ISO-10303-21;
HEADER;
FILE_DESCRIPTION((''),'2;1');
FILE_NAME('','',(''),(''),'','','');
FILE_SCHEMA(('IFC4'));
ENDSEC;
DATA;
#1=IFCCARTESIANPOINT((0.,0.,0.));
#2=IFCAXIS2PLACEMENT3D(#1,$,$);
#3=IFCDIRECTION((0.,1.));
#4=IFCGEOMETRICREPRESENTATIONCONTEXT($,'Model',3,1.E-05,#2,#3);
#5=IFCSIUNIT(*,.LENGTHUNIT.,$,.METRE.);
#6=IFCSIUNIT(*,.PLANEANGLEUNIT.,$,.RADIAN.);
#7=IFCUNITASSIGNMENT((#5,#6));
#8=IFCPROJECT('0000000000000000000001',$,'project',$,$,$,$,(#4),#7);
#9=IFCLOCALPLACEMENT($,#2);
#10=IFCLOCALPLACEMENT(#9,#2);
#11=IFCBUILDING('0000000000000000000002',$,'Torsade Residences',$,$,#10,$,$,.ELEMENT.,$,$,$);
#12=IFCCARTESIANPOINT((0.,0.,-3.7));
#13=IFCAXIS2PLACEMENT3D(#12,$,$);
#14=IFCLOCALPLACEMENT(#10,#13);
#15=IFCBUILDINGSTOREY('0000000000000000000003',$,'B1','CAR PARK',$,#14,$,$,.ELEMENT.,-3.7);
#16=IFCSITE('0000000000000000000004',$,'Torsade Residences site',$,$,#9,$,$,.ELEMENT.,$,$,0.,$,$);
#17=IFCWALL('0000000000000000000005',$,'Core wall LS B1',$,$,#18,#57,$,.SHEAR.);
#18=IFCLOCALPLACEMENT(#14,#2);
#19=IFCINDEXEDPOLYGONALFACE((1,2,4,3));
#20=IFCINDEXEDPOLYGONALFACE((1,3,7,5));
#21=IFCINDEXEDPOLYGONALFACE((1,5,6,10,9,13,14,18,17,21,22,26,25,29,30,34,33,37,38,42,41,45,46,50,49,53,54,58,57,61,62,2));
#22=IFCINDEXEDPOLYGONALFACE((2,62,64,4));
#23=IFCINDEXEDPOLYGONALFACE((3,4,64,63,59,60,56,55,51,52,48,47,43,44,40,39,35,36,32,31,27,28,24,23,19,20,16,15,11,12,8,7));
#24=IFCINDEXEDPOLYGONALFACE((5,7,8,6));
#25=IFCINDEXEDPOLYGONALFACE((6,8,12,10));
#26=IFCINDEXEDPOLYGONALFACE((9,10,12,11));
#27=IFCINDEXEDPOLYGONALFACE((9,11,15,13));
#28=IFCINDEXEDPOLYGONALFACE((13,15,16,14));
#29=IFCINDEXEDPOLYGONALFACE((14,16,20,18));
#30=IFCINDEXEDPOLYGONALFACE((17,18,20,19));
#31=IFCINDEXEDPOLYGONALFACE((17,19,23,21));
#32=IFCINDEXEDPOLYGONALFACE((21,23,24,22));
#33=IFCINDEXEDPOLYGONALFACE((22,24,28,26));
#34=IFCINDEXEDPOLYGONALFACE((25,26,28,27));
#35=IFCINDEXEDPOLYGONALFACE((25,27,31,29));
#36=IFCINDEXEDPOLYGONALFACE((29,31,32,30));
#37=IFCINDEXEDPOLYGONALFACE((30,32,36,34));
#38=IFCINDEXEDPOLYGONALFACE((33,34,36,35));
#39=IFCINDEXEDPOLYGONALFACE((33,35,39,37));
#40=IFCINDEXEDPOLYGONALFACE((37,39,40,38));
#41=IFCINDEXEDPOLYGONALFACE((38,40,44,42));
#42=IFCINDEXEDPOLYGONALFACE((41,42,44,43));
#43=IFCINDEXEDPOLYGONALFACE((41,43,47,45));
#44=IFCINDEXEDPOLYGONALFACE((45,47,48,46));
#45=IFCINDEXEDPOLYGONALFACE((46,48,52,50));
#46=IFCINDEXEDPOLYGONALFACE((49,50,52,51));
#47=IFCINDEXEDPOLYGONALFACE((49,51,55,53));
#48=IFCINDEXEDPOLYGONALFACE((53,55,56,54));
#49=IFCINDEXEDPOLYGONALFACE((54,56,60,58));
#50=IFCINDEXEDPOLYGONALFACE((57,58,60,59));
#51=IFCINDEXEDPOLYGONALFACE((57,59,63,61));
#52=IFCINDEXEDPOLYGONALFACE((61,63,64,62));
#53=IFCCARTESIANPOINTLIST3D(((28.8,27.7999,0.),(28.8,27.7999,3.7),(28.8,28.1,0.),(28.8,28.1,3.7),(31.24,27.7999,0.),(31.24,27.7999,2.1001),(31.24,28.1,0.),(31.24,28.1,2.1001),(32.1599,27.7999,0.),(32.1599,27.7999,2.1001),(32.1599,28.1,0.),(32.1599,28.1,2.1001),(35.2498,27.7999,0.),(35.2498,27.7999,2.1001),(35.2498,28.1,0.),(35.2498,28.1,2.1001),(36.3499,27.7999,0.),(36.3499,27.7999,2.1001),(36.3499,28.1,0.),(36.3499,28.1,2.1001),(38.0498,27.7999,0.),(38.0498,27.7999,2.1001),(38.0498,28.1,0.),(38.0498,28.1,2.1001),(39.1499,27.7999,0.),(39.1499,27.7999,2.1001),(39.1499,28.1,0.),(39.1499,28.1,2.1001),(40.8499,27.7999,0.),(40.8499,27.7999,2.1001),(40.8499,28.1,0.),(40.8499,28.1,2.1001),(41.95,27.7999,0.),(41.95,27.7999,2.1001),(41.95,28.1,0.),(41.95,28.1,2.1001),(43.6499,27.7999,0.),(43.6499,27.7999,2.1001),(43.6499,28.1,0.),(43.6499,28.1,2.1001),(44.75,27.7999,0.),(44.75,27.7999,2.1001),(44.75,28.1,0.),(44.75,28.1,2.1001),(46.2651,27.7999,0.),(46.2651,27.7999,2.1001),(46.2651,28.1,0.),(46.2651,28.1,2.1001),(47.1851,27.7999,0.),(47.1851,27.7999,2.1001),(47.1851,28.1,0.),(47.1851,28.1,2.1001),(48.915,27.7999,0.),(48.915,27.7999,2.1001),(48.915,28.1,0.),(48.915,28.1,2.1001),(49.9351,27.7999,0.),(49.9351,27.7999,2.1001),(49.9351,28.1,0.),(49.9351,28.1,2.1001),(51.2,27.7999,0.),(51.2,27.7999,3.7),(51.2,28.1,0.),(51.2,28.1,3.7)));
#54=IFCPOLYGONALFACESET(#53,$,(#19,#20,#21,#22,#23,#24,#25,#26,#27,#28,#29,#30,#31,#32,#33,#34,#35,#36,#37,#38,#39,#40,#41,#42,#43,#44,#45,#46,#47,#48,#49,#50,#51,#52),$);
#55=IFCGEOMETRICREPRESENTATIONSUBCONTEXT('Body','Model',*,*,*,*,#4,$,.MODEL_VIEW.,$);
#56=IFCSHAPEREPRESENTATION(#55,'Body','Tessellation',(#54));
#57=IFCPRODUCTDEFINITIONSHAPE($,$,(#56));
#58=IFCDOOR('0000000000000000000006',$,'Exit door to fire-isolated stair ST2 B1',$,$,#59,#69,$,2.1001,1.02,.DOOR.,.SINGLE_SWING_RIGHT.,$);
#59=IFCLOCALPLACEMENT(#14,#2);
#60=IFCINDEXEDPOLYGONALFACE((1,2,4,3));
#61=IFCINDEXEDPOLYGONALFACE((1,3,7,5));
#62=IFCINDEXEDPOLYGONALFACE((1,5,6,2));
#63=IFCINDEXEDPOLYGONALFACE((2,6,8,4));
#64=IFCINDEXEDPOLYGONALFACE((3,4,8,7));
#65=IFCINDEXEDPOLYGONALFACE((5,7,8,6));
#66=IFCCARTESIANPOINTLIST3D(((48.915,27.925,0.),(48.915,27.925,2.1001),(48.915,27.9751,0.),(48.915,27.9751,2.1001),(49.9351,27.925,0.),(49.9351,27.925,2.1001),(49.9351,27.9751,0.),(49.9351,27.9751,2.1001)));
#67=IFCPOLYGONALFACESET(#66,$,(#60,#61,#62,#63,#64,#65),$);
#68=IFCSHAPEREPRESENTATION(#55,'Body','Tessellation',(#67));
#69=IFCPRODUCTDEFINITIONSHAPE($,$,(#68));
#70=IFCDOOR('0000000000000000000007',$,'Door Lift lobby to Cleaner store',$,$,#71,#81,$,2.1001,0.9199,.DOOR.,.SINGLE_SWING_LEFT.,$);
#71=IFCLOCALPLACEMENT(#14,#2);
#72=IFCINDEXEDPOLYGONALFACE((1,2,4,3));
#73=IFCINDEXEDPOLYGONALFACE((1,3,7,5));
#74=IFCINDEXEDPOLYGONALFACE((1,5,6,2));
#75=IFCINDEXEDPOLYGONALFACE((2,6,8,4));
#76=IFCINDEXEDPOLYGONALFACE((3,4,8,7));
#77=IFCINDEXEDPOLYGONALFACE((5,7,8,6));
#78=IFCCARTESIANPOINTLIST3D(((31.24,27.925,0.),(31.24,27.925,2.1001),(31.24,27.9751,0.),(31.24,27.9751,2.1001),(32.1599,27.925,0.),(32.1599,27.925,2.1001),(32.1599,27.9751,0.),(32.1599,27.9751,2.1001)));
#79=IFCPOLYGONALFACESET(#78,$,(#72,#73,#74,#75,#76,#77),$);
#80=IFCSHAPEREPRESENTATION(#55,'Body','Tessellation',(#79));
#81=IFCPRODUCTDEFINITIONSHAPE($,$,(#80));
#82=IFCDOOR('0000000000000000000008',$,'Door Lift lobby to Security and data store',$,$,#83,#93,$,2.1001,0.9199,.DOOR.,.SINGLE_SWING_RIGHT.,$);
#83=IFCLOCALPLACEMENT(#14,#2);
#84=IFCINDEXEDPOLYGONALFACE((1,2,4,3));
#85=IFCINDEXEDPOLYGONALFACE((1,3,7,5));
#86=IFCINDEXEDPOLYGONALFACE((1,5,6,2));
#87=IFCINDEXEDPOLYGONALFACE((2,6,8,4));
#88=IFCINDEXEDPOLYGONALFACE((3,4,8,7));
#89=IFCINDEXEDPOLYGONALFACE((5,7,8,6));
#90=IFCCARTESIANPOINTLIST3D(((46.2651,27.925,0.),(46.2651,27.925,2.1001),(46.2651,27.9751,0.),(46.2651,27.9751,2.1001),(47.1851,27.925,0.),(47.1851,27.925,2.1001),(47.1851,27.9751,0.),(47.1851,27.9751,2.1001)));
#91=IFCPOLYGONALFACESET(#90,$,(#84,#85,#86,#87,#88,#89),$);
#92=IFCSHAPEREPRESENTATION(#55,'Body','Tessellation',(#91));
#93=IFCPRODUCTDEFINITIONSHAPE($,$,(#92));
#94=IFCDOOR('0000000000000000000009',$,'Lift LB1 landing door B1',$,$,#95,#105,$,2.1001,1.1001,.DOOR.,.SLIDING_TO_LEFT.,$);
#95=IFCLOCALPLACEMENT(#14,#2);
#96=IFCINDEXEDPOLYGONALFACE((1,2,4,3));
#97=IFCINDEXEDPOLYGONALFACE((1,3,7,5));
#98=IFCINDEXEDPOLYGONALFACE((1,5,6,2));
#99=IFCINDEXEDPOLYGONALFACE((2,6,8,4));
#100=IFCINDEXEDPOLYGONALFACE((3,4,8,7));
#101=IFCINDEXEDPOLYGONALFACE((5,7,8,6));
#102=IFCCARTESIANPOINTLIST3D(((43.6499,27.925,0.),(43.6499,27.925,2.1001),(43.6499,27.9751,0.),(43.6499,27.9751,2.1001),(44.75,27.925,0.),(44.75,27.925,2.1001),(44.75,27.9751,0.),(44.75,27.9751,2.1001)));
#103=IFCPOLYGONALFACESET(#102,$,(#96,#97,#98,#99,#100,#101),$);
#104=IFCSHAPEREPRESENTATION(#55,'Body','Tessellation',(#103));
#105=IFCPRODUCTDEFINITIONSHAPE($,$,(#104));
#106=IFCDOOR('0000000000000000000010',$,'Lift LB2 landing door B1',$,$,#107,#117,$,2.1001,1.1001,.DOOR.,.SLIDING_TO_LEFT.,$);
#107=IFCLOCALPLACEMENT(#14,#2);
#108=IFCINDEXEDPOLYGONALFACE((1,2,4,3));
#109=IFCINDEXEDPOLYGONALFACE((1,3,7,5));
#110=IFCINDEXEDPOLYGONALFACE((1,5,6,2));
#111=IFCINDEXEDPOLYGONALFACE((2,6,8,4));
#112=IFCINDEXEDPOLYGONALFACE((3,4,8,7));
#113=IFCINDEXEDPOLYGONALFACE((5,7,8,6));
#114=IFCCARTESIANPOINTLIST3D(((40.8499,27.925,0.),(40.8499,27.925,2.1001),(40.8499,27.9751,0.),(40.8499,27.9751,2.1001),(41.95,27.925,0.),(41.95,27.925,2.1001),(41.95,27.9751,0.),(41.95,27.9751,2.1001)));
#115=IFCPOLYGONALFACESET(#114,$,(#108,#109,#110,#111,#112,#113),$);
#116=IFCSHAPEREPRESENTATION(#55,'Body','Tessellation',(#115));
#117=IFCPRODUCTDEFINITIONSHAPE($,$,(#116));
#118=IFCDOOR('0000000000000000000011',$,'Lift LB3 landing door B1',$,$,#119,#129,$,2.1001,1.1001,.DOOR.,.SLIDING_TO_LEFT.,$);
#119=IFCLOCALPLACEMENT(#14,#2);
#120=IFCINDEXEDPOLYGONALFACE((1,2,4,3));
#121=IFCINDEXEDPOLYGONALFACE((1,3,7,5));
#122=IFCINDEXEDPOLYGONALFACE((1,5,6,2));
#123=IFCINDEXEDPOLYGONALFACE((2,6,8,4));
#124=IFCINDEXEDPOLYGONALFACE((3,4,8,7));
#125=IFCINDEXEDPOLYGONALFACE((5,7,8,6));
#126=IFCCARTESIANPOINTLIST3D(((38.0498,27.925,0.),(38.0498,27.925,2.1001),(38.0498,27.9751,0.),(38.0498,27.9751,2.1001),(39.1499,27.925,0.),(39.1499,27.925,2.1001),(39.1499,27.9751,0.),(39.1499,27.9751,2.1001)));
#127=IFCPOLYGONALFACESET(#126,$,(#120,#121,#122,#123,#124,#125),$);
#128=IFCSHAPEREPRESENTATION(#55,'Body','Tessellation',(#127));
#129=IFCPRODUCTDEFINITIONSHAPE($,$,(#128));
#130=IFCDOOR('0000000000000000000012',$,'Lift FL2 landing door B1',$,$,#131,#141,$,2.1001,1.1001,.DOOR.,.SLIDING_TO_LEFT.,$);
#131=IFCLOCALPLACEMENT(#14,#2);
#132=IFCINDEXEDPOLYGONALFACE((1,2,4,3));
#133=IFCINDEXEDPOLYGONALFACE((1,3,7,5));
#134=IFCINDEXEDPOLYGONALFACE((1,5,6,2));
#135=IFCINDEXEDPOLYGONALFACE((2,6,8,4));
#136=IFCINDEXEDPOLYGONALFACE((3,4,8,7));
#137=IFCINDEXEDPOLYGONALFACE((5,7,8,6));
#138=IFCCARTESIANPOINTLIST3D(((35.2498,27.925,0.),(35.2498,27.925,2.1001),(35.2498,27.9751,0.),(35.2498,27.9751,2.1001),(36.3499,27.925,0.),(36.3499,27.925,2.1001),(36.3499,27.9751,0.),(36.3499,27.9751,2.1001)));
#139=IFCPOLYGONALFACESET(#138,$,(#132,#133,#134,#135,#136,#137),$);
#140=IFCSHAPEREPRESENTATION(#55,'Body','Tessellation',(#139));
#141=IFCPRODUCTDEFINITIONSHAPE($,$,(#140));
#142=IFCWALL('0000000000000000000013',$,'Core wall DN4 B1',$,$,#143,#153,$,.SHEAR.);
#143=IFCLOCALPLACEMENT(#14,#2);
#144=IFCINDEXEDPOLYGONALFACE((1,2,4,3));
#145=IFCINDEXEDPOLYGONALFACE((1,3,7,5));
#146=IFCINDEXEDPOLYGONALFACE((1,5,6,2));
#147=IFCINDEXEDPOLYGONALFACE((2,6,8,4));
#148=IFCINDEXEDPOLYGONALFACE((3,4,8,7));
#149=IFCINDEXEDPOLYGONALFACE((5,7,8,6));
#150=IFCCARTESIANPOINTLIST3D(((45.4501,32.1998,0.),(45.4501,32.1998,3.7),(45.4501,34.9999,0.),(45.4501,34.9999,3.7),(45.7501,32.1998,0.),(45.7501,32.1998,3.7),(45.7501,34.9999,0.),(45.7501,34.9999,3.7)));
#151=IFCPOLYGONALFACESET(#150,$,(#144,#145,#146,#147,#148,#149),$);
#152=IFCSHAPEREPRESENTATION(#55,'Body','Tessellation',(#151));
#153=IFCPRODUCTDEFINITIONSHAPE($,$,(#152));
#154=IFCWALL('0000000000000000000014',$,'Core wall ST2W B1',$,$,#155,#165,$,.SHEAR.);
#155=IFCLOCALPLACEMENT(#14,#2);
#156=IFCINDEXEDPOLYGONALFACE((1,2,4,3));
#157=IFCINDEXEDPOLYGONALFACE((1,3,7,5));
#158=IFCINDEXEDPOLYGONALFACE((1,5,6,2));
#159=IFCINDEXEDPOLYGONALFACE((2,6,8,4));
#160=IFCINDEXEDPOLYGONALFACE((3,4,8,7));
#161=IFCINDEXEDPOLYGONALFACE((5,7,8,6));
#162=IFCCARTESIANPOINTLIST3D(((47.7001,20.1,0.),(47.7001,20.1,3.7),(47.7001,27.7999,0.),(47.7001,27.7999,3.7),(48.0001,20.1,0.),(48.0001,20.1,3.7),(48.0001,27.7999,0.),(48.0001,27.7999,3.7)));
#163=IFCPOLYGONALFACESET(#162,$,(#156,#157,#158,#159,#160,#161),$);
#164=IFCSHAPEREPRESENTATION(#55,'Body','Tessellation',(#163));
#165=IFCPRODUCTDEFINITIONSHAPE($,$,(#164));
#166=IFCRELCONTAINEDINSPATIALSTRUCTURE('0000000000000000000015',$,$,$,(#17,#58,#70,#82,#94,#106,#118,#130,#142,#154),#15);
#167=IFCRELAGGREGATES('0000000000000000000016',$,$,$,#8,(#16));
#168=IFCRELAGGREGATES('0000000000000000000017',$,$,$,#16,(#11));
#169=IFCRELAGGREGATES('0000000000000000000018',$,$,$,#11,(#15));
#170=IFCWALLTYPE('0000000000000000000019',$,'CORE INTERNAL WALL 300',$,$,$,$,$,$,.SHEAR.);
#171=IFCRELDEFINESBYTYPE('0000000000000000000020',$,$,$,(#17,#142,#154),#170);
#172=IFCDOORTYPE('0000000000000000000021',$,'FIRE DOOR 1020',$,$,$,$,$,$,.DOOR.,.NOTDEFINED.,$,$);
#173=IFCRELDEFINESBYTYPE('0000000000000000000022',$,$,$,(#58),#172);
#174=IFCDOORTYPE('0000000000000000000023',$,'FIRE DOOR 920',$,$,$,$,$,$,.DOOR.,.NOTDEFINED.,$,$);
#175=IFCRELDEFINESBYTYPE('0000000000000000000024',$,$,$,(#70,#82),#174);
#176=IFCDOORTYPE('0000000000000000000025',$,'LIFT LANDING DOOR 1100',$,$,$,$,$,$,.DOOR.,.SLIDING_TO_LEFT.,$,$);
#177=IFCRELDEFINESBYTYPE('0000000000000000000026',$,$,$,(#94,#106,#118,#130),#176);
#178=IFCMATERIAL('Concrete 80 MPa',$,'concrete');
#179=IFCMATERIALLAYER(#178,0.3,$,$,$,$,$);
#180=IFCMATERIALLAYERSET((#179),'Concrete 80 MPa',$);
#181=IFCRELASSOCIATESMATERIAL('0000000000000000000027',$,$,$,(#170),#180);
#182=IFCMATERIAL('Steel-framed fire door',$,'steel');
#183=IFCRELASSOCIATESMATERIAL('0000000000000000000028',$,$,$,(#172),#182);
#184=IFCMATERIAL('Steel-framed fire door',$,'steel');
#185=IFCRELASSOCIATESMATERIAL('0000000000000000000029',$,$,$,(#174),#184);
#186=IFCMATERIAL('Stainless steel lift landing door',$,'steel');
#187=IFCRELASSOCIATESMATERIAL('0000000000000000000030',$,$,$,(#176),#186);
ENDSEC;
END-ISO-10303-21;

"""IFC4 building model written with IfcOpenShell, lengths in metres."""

from ifc_helpers import new_model, si_unit, direction, frame, frame_2d, origin, place, context, subcontext, project, spatial, rectangle, extrude, material, layer, layer_set, type_object, element, fill, save


model = new_model("IFC4")

# Units and contexts
model_context = context("Model", 3, precision=1e-05, world=origin(), true_north=direction((0.0, 1.0)))
body_context = subcontext(model_context, "Body", "Model", "MODEL_VIEW")
ifc_project = project(units=[si_unit("LENGTHUNIT", "METRE"), si_unit("PLANEANGLEUNIT", "RADIAN")], contexts=[model_context])

# Site, building, storey
site_placement = place(None, origin())
site = spatial("IfcSite", under=ifc_project, at=site_placement, Name="Torsade Residences site", CompositionType="ELEMENT", RefElevation=0.0)
building_placement = place(site_placement, origin())
building = spatial("IfcBuilding", under=site, at=building_placement, Name="Torsade Residences", CompositionType="ELEMENT")
storey_placement = place(building_placement, frame((0.0, 0.0, -3.7)))
storey = spatial("IfcBuildingStorey", under=building, at=storey_placement, Name="B1", Description="CAR PARK", CompositionType="ELEMENT", Elevation=-3.7)

# Wall, openings, doors
ifc_material_1 = material(Name="Concrete 80 MPa", Category="concrete")
ifc_layer_1 = layer(ifc_material_1, 0.3)
ifc_layer_set_1 = layer_set([ifc_layer_1], Name="Concrete 80 MPa")
wall_type_1 = type_object("IfcWallType", Name="CORE INTERNAL WALL 300", PredefinedType="SHEAR", material=ifc_layer_set_1)
wall_1_placement = place(storey_placement, frame((51.2, 27.95, 0.0), z_axis=(0.0, 0.0, 1.0), x_axis=(-1.0, 0.0, 0.0)))
wall_1 = element("IfcWall", 1, at=wall_1_placement, inside=storey, type_object=wall_type_1, Name="Core wall LS B1", PredefinedType="SHEAR", context=body_context, shape_type="SweptSolid", body=[
    extrude(rectangle(XDim=22.3999, YDim=0.3, at=frame_2d((11.2, 0.0))), origin(), (0.0, 0.0, 1.0), 3.7),
])
opening_1_placement = place(wall_1_placement, frame((19.04, 0.0, 0.0)))
opening_1 = element("IfcOpeningElement", 2, at=opening_1_placement, cuts=wall_1, PredefinedType="OPENING", context=body_context, shape_type="SweptSolid", body=[
    extrude(rectangle(XDim=0.9199, YDim=2.1001, at=frame_2d((0.46, 1.05))), frame((0.0, 0.1599, 0.0), z_axis=(0.0, -1.0, 0.0), x_axis=(1.0, 0.0, 0.0)), (0.0, 0.0, 1.0), 0.3201),
])
opening_2_placement = place(wall_1_placement, frame((1.2649, 0.0, 0.0)))
opening_2 = element("IfcOpeningElement", 3, at=opening_2_placement, cuts=wall_1, PredefinedType="OPENING", context=body_context, shape_type="SweptSolid", body=[
    extrude(rectangle(XDim=1.02, YDim=2.1001, at=frame_2d((0.51, 1.05))), frame((0.0, 0.1599, 0.0), z_axis=(0.0, -1.0, 0.0), x_axis=(1.0, 0.0, 0.0)), (0.0, 0.0, 1.0), 0.3201),
])
opening_3_placement = place(wall_1_placement, frame((4.0149, 0.0, 0.0)))
opening_3 = element("IfcOpeningElement", 4, at=opening_3_placement, cuts=wall_1, PredefinedType="OPENING", context=body_context, shape_type="SweptSolid", body=[
    extrude(rectangle(XDim=0.9199, YDim=2.1001, at=frame_2d((0.46, 1.05))), frame((0.0, 0.1599, 0.0), z_axis=(0.0, -1.0, 0.0), x_axis=(1.0, 0.0, 0.0)), (0.0, 0.0, 1.0), 0.3201),
])
opening_4_placement = place(wall_1_placement, frame((6.45, 0.0, 0.0)))
opening_4 = element("IfcOpeningElement", 5, at=opening_4_placement, cuts=wall_1, PredefinedType="OPENING", context=body_context, shape_type="SweptSolid", body=[
    extrude(rectangle(XDim=1.1001, YDim=2.1001, at=frame_2d((0.55, 1.05))), frame((0.0, 0.1599, 0.0), z_axis=(0.0, -1.0, 0.0), x_axis=(1.0, 0.0, 0.0)), (0.0, 0.0, 1.0), 0.3201),
])
opening_5_placement = place(wall_1_placement, frame((9.25, 0.0, 0.0)))
opening_5 = element("IfcOpeningElement", 6, at=opening_5_placement, cuts=wall_1, PredefinedType="OPENING", context=body_context, shape_type="SweptSolid", body=[
    extrude(rectangle(XDim=1.1001, YDim=2.1001, at=frame_2d((0.55, 1.05))), frame((0.0, 0.1599, 0.0), z_axis=(0.0, -1.0, 0.0), x_axis=(1.0, 0.0, 0.0)), (0.0, 0.0, 1.0), 0.3201),
])
opening_6_placement = place(wall_1_placement, frame((12.05, 0.0, 0.0)))
opening_6 = element("IfcOpeningElement", 7, at=opening_6_placement, cuts=wall_1, PredefinedType="OPENING", context=body_context, shape_type="SweptSolid", body=[
    extrude(rectangle(XDim=1.1001, YDim=2.1001, at=frame_2d((0.55, 1.05))), frame((0.0, 0.1599, 0.0), z_axis=(0.0, -1.0, 0.0), x_axis=(1.0, 0.0, 0.0)), (0.0, 0.0, 1.0), 0.3201),
])
opening_7_placement = place(wall_1_placement, frame((14.8501, 0.0, 0.0)))
opening_7 = element("IfcOpeningElement", 8, at=opening_7_placement, cuts=wall_1, PredefinedType="OPENING", context=body_context, shape_type="SweptSolid", body=[
    extrude(rectangle(XDim=1.1001, YDim=2.1001, at=frame_2d((0.55, 1.05))), frame((0.0, 0.1599, 0.0), z_axis=(0.0, -1.0, 0.0), x_axis=(1.0, 0.0, 0.0)), (0.0, 0.0, 1.0), 0.3201),
])
ifc_material_2 = material(Name="Steel-framed fire door", Category="steel")
door_type_1 = type_object("IfcDoorType", Name="FIRE DOOR 1020", OperationType="NOTDEFINED", PredefinedType="DOOR", material=ifc_material_2)
door_1_placement = place(opening_2_placement, origin())
door_1 = element("IfcDoor", 9, at=door_1_placement, inside=storey, type_object=door_type_1, Name="Exit door to fire-isolated stair ST2 B1", OperationType="SINGLE_SWING_RIGHT", OverallHeight=2.1001, OverallWidth=1.02, PredefinedType="DOOR", context=body_context, shape_type="SweptSolid", body=[
    extrude(rectangle(XDim=1.02, YDim=2.1001, at=frame_2d((0.51, 1.05))), frame((0.0, 0.0249, 0.0), z_axis=(0.0, -1.0, 0.0), x_axis=(1.0, 0.0, 0.0)), (0.0, 0.0, 1.0), 0.05),
])
fill(opening_2, door_1)
ifc_material_3 = material(Name="Steel-framed fire door", Category="steel")
door_type_2 = type_object("IfcDoorType", Name="FIRE DOOR 920", OperationType="NOTDEFINED", PredefinedType="DOOR", material=ifc_material_3)
door_2_placement = place(opening_1_placement, origin())
door_2 = element("IfcDoor", 10, at=door_2_placement, inside=storey, type_object=door_type_2, Name="Door Lift lobby to Cleaner store", OperationType="SINGLE_SWING_LEFT", OverallHeight=2.1001, OverallWidth=0.9199, PredefinedType="DOOR", context=body_context, shape_type="SweptSolid", body=[
    extrude(rectangle(XDim=0.9199, YDim=2.1001, at=frame_2d((0.46, 1.05))), frame((0.0, 0.0249, 0.0), z_axis=(0.0, -1.0, 0.0), x_axis=(1.0, 0.0, 0.0)), (0.0, 0.0, 1.0), 0.05),
])
fill(opening_1, door_2)
door_3_placement = place(opening_3_placement, origin())
door_3 = element("IfcDoor", 11, at=door_3_placement, inside=storey, type_object=door_type_2, Name="Door Lift lobby to Security and data store", OperationType="SINGLE_SWING_RIGHT", OverallHeight=2.1001, OverallWidth=0.9199, PredefinedType="DOOR", context=body_context, shape_type="SweptSolid", body=[
    extrude(rectangle(XDim=0.9199, YDim=2.1001, at=frame_2d((0.46, 1.05))), frame((0.0, 0.0249, 0.0), z_axis=(0.0, -1.0, 0.0), x_axis=(1.0, 0.0, 0.0)), (0.0, 0.0, 1.0), 0.05),
])
fill(opening_3, door_3)
ifc_material_4 = material(Name="Stainless steel lift landing door", Category="steel")
door_type_3 = type_object("IfcDoorType", Name="LIFT LANDING DOOR 1100", OperationType="SLIDING_TO_LEFT", PredefinedType="DOOR", material=ifc_material_4)
door_4_placement = place(opening_4_placement, origin())
door_4 = element("IfcDoor", 12, at=door_4_placement, inside=storey, type_object=door_type_3, Name="Lift LB1 landing door B1", OperationType="SLIDING_TO_LEFT", OverallHeight=2.1001, OverallWidth=1.1001, PredefinedType="DOOR", context=body_context, shape_type="SweptSolid", body=[
    extrude(rectangle(XDim=1.1001, YDim=2.1001, at=frame_2d((0.55, 1.05))), frame((0.0, 0.0249, 0.0), z_axis=(0.0, -1.0, 0.0), x_axis=(1.0, 0.0, 0.0)), (0.0, 0.0, 1.0), 0.05),
])
fill(opening_4, door_4)
door_5_placement = place(opening_5_placement, origin())
door_5 = element("IfcDoor", 13, at=door_5_placement, inside=storey, type_object=door_type_3, Name="Lift LB2 landing door B1", OperationType="SLIDING_TO_LEFT", OverallHeight=2.1001, OverallWidth=1.1001, PredefinedType="DOOR", context=body_context, shape_type="SweptSolid", body=[
    extrude(rectangle(XDim=1.1001, YDim=2.1001, at=frame_2d((0.55, 1.05))), frame((0.0, 0.0249, 0.0), z_axis=(0.0, -1.0, 0.0), x_axis=(1.0, 0.0, 0.0)), (0.0, 0.0, 1.0), 0.05),
])
fill(opening_5, door_5)
door_6_placement = place(opening_6_placement, origin())
door_6 = element("IfcDoor", 14, at=door_6_placement, inside=storey, type_object=door_type_3, Name="Lift LB3 landing door B1", OperationType="SLIDING_TO_LEFT", OverallHeight=2.1001, OverallWidth=1.1001, PredefinedType="DOOR", context=body_context, shape_type="SweptSolid", body=[
    extrude(rectangle(XDim=1.1001, YDim=2.1001, at=frame_2d((0.55, 1.05))), frame((0.0, 0.0249, 0.0), z_axis=(0.0, -1.0, 0.0), x_axis=(1.0, 0.0, 0.0)), (0.0, 0.0, 1.0), 0.05),
])
fill(opening_6, door_6)
door_7_placement = place(opening_7_placement, origin())
door_7 = element("IfcDoor", 15, at=door_7_placement, inside=storey, type_object=door_type_3, Name="Lift FL2 landing door B1", OperationType="SLIDING_TO_LEFT", OverallHeight=2.1001, OverallWidth=1.1001, PredefinedType="DOOR", context=body_context, shape_type="SweptSolid", body=[
    extrude(rectangle(XDim=1.1001, YDim=2.1001, at=frame_2d((0.55, 1.05))), frame((0.0, 0.0249, 0.0), z_axis=(0.0, -1.0, 0.0), x_axis=(1.0, 0.0, 0.0)), (0.0, 0.0, 1.0), 0.05),
])
fill(opening_7, door_7)

# Walls
wall_2_placement = place(storey_placement, frame((45.6001, 32.2, 0.0), z_axis=(0.0, 0.0, 1.0), x_axis=(0.0, 1.0, 0.0)))
element("IfcWall", 16, at=wall_2_placement, inside=storey, type_object=wall_type_1, Name="Core wall DN4 B1", PredefinedType="SHEAR", context=body_context, shape_type="SweptSolid", body=[
    extrude(rectangle(XDim=2.8, YDim=0.3, at=frame_2d((1.3999, 0.0))), origin(), (0.0, 0.0, 1.0), 3.7),
])
wall_3_placement = place(storey_placement, frame((47.8501, 27.8, 0.0), z_axis=(0.0, 0.0, 1.0), x_axis=(0.0, -1.0, 0.0)))
element("IfcWall", 17, at=wall_3_placement, inside=storey, type_object=wall_type_1, Name="Core wall ST2W B1", PredefinedType="SHEAR", context=body_context, shape_type="SweptSolid", body=[
    extrude(rectangle(XDim=7.7, YDim=0.3, at=frame_2d((3.8501, 0.0))), origin(), (0.0, 0.0, 1.0), 3.7),
])

save(model, "model.ifc")
